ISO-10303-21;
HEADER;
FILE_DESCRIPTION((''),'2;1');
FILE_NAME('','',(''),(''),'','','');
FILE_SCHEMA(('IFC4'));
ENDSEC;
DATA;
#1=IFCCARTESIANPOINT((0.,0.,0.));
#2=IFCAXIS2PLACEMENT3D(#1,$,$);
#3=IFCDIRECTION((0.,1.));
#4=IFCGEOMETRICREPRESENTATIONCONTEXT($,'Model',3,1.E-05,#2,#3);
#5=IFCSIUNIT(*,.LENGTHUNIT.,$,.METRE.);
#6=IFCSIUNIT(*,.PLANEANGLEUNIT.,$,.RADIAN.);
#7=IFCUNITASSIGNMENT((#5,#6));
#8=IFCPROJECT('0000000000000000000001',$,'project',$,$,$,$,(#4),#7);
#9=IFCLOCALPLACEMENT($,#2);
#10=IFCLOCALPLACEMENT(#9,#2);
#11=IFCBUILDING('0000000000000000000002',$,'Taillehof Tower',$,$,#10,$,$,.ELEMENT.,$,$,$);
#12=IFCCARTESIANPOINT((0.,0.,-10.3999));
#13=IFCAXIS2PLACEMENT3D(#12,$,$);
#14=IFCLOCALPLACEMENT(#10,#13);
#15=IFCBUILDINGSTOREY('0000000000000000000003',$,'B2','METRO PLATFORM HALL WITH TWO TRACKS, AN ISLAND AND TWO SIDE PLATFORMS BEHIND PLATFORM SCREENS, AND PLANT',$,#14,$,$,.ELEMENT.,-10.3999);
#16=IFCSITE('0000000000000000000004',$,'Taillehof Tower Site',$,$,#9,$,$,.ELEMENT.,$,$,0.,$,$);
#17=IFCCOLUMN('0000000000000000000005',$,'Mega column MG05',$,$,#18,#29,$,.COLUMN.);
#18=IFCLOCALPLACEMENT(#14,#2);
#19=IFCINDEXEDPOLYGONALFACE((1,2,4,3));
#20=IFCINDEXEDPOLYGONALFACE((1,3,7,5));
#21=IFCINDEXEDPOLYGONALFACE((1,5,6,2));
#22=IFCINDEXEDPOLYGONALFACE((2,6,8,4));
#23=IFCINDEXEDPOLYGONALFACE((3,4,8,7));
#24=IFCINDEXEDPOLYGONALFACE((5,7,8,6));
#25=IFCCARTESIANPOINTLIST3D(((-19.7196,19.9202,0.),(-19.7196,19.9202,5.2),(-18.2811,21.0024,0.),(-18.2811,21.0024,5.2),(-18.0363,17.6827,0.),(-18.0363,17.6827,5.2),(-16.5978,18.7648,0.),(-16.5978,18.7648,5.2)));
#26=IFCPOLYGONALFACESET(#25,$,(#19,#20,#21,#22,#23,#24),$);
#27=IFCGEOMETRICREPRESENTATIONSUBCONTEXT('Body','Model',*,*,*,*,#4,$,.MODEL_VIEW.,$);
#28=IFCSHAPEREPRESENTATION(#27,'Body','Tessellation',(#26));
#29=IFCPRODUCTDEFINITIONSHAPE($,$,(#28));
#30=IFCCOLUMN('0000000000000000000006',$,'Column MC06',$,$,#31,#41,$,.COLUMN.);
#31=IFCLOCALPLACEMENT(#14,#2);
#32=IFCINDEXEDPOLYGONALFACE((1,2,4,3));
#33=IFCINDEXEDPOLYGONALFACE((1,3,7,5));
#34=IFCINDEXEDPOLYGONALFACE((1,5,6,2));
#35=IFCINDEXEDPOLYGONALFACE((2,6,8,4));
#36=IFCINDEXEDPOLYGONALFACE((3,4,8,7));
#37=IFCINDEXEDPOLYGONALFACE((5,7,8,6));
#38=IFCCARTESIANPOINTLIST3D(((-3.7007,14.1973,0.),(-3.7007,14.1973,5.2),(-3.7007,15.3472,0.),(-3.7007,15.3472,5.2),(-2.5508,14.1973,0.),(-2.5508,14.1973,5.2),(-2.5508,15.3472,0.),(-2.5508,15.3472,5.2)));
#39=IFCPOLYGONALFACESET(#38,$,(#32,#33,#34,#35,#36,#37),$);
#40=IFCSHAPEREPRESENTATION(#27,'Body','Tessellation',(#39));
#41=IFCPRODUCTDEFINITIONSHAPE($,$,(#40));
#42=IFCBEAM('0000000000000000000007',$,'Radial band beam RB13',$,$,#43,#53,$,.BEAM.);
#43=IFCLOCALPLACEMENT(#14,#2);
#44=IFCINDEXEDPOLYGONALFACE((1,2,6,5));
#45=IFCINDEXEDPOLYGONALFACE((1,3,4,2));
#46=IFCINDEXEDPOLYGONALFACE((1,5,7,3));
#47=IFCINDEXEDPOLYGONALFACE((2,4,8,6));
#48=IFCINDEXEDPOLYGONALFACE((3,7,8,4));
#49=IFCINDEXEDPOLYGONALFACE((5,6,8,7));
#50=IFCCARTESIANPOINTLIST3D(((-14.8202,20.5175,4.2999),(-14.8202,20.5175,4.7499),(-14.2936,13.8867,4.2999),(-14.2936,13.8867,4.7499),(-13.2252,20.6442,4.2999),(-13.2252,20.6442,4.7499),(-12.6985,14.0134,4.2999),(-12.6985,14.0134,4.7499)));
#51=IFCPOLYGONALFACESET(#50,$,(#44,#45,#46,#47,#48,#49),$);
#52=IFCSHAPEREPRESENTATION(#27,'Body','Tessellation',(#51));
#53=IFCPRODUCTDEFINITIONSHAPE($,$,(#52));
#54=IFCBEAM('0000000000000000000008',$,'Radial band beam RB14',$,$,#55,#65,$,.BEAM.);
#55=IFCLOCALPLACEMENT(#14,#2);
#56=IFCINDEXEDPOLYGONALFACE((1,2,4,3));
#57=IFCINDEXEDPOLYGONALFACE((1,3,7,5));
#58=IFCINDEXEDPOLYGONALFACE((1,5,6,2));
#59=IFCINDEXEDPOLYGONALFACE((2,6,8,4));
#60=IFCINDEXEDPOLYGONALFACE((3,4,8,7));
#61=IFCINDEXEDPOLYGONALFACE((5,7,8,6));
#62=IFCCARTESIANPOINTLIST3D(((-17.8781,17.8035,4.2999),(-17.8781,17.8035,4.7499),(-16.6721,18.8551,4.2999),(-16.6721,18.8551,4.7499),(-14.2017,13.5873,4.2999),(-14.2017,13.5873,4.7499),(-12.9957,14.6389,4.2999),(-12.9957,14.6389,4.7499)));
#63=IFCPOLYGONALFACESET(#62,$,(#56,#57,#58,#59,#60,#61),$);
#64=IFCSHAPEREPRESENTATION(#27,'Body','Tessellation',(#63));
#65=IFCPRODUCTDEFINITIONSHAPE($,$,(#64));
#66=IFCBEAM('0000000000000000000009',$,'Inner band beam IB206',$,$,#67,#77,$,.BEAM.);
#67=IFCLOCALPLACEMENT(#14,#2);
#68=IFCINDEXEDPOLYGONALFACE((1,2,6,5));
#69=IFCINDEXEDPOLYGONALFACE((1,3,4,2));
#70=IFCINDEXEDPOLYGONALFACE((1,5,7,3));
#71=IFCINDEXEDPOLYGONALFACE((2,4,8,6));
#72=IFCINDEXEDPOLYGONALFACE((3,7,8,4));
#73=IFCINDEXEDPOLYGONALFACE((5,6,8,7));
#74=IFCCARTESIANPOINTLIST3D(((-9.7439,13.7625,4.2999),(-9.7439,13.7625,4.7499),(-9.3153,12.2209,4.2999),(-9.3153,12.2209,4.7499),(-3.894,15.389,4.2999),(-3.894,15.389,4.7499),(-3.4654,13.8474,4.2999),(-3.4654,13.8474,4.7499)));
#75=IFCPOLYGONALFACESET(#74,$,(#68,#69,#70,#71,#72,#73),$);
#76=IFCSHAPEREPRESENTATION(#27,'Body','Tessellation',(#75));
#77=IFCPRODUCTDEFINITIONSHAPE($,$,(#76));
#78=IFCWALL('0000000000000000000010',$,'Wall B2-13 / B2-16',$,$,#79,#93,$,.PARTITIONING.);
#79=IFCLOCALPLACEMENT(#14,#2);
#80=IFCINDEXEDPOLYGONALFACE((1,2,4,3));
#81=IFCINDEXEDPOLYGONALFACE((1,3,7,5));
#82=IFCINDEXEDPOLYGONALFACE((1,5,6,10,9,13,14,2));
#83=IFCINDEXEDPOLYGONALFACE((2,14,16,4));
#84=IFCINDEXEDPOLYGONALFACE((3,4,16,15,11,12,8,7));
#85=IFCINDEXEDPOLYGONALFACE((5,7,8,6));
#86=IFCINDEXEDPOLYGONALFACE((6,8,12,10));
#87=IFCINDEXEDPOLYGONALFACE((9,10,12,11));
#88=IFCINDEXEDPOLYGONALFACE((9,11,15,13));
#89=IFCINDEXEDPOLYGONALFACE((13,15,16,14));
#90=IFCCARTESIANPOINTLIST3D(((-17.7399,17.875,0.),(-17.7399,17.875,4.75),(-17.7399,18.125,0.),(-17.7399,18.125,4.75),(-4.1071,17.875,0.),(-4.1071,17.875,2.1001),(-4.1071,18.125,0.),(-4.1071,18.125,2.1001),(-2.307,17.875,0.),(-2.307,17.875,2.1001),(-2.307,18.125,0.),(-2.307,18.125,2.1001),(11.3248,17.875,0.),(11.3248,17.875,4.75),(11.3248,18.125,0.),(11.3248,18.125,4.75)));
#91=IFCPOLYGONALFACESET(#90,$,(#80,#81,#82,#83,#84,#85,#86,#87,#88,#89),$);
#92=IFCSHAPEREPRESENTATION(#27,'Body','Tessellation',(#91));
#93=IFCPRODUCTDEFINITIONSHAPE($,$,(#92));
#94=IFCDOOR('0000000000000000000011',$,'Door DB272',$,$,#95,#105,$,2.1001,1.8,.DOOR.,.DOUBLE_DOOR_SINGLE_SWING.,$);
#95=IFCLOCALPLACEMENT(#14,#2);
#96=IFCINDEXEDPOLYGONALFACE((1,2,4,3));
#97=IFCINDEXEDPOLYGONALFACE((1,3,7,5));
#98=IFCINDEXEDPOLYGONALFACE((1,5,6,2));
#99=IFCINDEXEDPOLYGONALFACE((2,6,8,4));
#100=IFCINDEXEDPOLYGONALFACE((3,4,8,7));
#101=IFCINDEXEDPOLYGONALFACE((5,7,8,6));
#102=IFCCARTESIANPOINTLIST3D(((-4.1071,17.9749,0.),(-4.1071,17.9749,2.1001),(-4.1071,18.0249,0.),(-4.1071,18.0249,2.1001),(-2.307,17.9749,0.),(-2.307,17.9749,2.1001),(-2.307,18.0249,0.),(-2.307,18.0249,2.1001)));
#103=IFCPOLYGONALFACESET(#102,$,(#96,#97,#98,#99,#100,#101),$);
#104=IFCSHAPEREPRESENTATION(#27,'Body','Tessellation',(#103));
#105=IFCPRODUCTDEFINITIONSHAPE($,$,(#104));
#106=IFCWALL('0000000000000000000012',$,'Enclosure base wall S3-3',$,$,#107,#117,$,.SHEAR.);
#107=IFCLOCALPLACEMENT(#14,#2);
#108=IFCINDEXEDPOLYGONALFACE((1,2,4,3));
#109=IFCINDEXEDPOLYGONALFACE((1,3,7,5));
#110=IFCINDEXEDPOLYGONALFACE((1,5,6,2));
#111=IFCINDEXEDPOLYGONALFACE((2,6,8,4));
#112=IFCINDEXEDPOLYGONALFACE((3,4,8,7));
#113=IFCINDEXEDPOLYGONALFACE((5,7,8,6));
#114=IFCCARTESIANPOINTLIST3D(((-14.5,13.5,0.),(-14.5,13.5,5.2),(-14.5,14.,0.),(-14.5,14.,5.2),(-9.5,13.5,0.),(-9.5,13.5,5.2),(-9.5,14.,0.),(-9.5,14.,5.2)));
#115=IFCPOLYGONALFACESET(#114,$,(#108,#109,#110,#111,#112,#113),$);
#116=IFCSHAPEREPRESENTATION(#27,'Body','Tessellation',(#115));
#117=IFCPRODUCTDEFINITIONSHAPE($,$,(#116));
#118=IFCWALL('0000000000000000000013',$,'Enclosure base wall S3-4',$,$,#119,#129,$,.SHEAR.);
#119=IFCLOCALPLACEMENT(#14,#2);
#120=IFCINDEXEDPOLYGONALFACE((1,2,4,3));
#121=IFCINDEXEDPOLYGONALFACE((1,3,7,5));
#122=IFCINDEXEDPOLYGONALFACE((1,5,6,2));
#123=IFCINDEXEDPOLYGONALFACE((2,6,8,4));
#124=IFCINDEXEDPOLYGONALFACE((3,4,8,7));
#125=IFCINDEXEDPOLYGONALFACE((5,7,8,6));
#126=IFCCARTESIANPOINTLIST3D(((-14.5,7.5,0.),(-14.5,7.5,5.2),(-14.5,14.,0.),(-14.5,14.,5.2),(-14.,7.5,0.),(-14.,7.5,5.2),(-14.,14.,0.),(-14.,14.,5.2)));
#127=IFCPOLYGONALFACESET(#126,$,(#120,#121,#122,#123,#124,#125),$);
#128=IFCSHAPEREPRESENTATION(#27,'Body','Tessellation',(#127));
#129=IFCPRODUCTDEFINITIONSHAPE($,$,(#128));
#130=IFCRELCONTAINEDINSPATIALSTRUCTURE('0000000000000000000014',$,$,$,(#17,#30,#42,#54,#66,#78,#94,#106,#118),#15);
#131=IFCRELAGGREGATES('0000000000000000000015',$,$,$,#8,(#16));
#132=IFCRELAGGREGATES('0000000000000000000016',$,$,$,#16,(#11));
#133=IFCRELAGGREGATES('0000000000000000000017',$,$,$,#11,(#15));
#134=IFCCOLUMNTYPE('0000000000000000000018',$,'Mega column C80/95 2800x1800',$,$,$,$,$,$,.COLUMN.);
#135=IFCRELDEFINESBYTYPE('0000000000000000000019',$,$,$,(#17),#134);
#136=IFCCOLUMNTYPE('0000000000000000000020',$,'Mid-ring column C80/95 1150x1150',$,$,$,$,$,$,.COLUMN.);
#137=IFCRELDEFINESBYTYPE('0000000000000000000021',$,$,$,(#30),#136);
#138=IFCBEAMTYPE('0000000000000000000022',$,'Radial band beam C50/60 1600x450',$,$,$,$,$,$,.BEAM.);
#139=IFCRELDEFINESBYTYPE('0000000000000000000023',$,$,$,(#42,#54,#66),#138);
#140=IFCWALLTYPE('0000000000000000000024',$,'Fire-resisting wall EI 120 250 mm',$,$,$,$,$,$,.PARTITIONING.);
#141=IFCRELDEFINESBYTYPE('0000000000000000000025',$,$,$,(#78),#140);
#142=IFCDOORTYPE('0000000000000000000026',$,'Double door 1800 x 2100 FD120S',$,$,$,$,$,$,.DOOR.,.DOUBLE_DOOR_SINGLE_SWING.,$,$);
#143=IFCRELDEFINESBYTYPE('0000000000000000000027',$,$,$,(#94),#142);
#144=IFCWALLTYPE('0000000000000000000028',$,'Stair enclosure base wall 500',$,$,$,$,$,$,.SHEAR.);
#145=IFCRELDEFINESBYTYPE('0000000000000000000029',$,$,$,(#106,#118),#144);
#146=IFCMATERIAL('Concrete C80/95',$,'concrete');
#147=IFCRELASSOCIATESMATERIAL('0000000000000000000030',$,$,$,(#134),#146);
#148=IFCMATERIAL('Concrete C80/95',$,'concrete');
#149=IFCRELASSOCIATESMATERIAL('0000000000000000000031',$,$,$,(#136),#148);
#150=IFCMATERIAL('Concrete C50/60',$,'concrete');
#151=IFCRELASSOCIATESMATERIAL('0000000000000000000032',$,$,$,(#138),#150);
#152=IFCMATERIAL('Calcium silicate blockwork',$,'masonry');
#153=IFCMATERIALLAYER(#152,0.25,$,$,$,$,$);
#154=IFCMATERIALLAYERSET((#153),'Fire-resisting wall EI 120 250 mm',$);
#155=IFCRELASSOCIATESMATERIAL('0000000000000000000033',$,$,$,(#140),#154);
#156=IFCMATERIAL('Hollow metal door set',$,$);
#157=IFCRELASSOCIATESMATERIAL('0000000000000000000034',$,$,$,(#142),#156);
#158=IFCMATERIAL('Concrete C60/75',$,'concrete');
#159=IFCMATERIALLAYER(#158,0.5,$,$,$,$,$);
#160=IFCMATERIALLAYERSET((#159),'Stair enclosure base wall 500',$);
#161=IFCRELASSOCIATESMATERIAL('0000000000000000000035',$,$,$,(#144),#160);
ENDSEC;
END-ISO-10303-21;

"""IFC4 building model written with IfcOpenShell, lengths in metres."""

from ifc_helpers import new_model, si_unit, direction, frame, frame_2d, origin, origin_2d, place, context, subcontext, project, spatial, rectangle, extrude, material, layer, layer_set, material_profile, profile_set, type_object, element, fill, save


model = new_model("IFC4")

# Units and contexts
model_context = context("Model", 3, precision=1e-05, world=origin(), true_north=direction((0.0, 1.0)))
body_context = subcontext(model_context, "Body", "Model", "MODEL_VIEW")
ifc_project = project(units=[si_unit("LENGTHUNIT", "METRE"), si_unit("PLANEANGLEUNIT", "RADIAN")], contexts=[model_context])

# Site, building, storey
site_placement = place(None, origin())
site = spatial("IfcSite", under=ifc_project, at=site_placement, Name="Taillehof Tower Site", CompositionType="ELEMENT", RefElevation=0.0)
building_placement = place(site_placement, origin())
building = spatial("IfcBuilding", under=site, at=building_placement, Name="Taillehof Tower", CompositionType="ELEMENT")
storey_placement = place(building_placement, frame((0.0, 0.0, -10.3999)))
storey = spatial("IfcBuildingStorey", under=building, at=storey_placement, Name="B2", Description="METRO PLATFORM HALL WITH TWO TRACKS, AN ISLAND AND TWO SIDE PLATFORMS BEHIND PLATFORM SCREENS, AND PLANT", CompositionType="ELEMENT", Elevation=-10.3999)

# Columns
ifc_material_1 = material(Name="Concrete C80/95", Category="concrete")
ifc_material_profile_1 = material_profile(ifc_material_1, rectangle(XDim=2.8, YDim=1.8, at=origin_2d()), Name="RC 2800x1800")
ifc_profile_set_1 = profile_set([ifc_material_profile_1], Name="Concrete C80/95")
column_type_1 = type_object("IfcColumnType", Name="Mega column C80/95 2800x1800", PredefinedType="COLUMN", material=ifc_profile_set_1)
column_1_placement = place(storey_placement, frame((-18.1587, 19.3425, 0.0), z_axis=(0.0, 0.0, 1.0), x_axis=(-0.601174, 0.799118, 0.0)))
element("IfcColumn", 1, at=column_1_placement, inside=storey, type_object=column_type_1, Name="Mega column MG05", PredefinedType="COLUMN", context=body_context, shape_type="SweptSolid", body=[
    extrude(rectangle(XDim=2.8, YDim=1.8, at=origin_2d()), origin(), (0.0, 0.0, 1.0), 5.2),
])
ifc_material_2 = material(Name="Concrete C80/95", Category="concrete")
ifc_material_profile_2 = material_profile(ifc_material_2, rectangle(XDim=1.1499, YDim=1.1499, at=origin_2d()), Name="RC 1150x1150")
ifc_profile_set_2 = profile_set([ifc_material_profile_2], Name="Concrete C80/95")
column_type_2 = type_object("IfcColumnType", Name="Mid-ring column C80/95 1150x1150", PredefinedType="COLUMN", material=ifc_profile_set_2)
column_2_placement = place(storey_placement, frame((-3.1257, 14.7722, 0.0), z_axis=(0.0, 0.0, 1.0), x_axis=(1.0, 0.0, 0.0)))
element("IfcColumn", 2, at=column_2_placement, inside=storey, type_object=column_type_2, Name="Column MC06", PredefinedType="COLUMN", context=body_context, shape_type="SweptSolid", body=[
    extrude(rectangle(XDim=1.1499, YDim=1.1499, at=origin_2d()), origin(), (0.0, 0.0, 1.0), 5.2),
])

# Beams
ifc_material_3 = material(Name="Concrete C50/60", Category="concrete")
ifc_material_profile_3 = material_profile(ifc_material_3, rectangle(XDim=1.6001, YDim=0.45, at=origin_2d()), Name="RC 1600x450")
ifc_profile_set_3 = profile_set([ifc_material_profile_3], Name="Concrete C50/60")
beam_type = type_object("IfcBeamType", Name="Radial band beam C50/60 1600x450", PredefinedType="BEAM", material=ifc_profile_set_3)
beam_1_placement = place(storey_placement, frame((-14.0227, 20.5808, 4.5249), z_axis=(0.079172, -0.996861, 0.0), x_axis=(0.996861, 0.079172, 0.0)))
element("IfcBeam", 3, at=beam_1_placement, inside=storey, type_object=beam_type, Name="Radial band beam RB13", PredefinedType="BEAM", context=body_context, shape_type="SweptSolid", body=[
    extrude(rectangle(XDim=1.6001, YDim=0.45, at=origin_2d()), origin(), (0.0, 0.0, 1.0), 6.6516),
])
beam_2_placement = place(storey_placement, frame((-17.2751, 18.3293, 4.5249), z_axis=(0.657212, -0.753706, 0.0), x_axis=(0.753706, 0.657212, 0.0)))
element("IfcBeam", 4, at=beam_2_placement, inside=storey, type_object=beam_type, Name="Radial band beam RB14", PredefinedType="BEAM", context=body_context, shape_type="SweptSolid", body=[
    extrude(rectangle(XDim=1.6001, YDim=0.45, at=origin_2d()), origin(), (0.0, 0.0, 1.0), 5.594),
])
beam_3_placement = place(storey_placement, frame((-3.6797, 14.6182, 4.5249), z_axis=(-0.963454, -0.267874, 0.0), x_axis=(0.267874, -0.963454, 0.0)))
element("IfcBeam", 5, at=beam_3_placement, inside=storey, type_object=beam_type, Name="Inner band beam IB206", PredefinedType="BEAM", context=body_context, shape_type="SweptSolid", body=[
    extrude(rectangle(XDim=1.6001, YDim=0.45, at=origin_2d()), origin(), (0.0, 0.0, 1.0), 6.0718),
])

# Wall, opening, door
ifc_material_4 = material(Name="Calcium silicate blockwork", Category="masonry")
ifc_layer_1 = layer(ifc_material_4, 0.25)
ifc_layer_set_1 = layer_set([ifc_layer_1], Name="Fire-resisting wall EI 120 250 mm")
wall_type_1 = type_object("IfcWallType", Name="Fire-resisting wall EI 120 250 mm", PredefinedType="PARTITIONING", material=ifc_layer_set_1)
wall_1_placement = place(storey_placement, frame((-17.7397, 18.0, 0.0), z_axis=(0.0, 0.0, 1.0), x_axis=(1.0, 0.0, 0.0)))
wall_1 = element("IfcWall", 6, at=wall_1_placement, inside=storey, type_object=wall_type_1, Name="Wall B2-13 / B2-16", PredefinedType="PARTITIONING", context=body_context, shape_type="SweptSolid", body=[
    extrude(rectangle(XDim=29.0647, YDim=0.25, at=frame_2d((14.5322, 0.0))), origin(), (0.0, 0.0, 1.0), 4.75),
])
opening_placement = place(wall_1_placement, frame((13.6328, 0.0, 0.0)))
opening = element("IfcOpeningElement", 7, at=opening_placement, cuts=wall_1, PredefinedType="OPENING", context=body_context, shape_type="SweptSolid", body=[
    extrude(rectangle(XDim=1.8, YDim=2.1001, at=frame_2d((0.8999, 1.05))), frame((0.0, 0.135, 0.0), z_axis=(0.0, -1.0, 0.0), x_axis=(1.0, 0.0, 0.0)), (0.0, 0.0, 1.0), 0.27),
])
ifc_material_5 = material(Name="Hollow metal door set")
door_type = type_object("IfcDoorType", Name="Double door 1800 x 2100 FD120S", OperationType="DOUBLE_DOOR_SINGLE_SWING", PredefinedType="DOOR", material=ifc_material_5)
door_placement = place(opening_placement, origin())
door = element("IfcDoor", 8, at=door_placement, inside=storey, type_object=door_type, Name="Door DB272", OperationType="DOUBLE_DOOR_SINGLE_SWING", OverallHeight=2.1001, OverallWidth=1.8, PredefinedType="DOOR", context=body_context, shape_type="SweptSolid", body=[
    extrude(rectangle(XDim=1.8, YDim=2.1001, at=frame_2d((0.8999, 1.05))), frame((0.0, 0.0249, 0.0), z_axis=(0.0, -1.0, 0.0), x_axis=(1.0, 0.0, 0.0)), (0.0, 0.0, 1.0), 0.05),
])
fill(opening, door)

# Walls
ifc_material_6 = material(Name="Concrete C60/75", Category="concrete")
ifc_layer_2 = layer(ifc_material_6, 0.5)
ifc_layer_set_2 = layer_set([ifc_layer_2], Name="Stair enclosure base wall 500")
wall_type_2 = type_object("IfcWallType", Name="Stair enclosure base wall 500", PredefinedType="SHEAR", material=ifc_layer_set_2)
wall_2_placement = place(storey_placement, frame((-9.5, 13.75, 0.0), z_axis=(0.0, 0.0, 1.0), x_axis=(-1.0, 0.0, 0.0)))
element("IfcWall", 9, at=wall_2_placement, inside=storey, type_object=wall_type_2, Name="Enclosure base wall S3-3", PredefinedType="SHEAR", context=body_context, shape_type="SweptSolid", body=[
    extrude(rectangle(XDim=5.0, YDim=0.5, at=frame_2d((2.5, 0.0))), origin(), (0.0, 0.0, 1.0), 5.2),
])
wall_3_placement = place(storey_placement, frame((-14.25, 14.0, 0.0), z_axis=(0.0, 0.0, 1.0), x_axis=(0.0, -1.0, 0.0)))
element("IfcWall", 10, at=wall_3_placement, inside=storey, type_object=wall_type_2, Name="Enclosure base wall S3-4", PredefinedType="SHEAR", context=body_context, shape_type="SweptSolid", body=[
    extrude(rectangle(XDim=6.5, YDim=0.5, at=frame_2d((3.25, 0.0))), origin(), (0.0, 0.0, 1.0), 5.2),
])

save(model, "model.ifc")
